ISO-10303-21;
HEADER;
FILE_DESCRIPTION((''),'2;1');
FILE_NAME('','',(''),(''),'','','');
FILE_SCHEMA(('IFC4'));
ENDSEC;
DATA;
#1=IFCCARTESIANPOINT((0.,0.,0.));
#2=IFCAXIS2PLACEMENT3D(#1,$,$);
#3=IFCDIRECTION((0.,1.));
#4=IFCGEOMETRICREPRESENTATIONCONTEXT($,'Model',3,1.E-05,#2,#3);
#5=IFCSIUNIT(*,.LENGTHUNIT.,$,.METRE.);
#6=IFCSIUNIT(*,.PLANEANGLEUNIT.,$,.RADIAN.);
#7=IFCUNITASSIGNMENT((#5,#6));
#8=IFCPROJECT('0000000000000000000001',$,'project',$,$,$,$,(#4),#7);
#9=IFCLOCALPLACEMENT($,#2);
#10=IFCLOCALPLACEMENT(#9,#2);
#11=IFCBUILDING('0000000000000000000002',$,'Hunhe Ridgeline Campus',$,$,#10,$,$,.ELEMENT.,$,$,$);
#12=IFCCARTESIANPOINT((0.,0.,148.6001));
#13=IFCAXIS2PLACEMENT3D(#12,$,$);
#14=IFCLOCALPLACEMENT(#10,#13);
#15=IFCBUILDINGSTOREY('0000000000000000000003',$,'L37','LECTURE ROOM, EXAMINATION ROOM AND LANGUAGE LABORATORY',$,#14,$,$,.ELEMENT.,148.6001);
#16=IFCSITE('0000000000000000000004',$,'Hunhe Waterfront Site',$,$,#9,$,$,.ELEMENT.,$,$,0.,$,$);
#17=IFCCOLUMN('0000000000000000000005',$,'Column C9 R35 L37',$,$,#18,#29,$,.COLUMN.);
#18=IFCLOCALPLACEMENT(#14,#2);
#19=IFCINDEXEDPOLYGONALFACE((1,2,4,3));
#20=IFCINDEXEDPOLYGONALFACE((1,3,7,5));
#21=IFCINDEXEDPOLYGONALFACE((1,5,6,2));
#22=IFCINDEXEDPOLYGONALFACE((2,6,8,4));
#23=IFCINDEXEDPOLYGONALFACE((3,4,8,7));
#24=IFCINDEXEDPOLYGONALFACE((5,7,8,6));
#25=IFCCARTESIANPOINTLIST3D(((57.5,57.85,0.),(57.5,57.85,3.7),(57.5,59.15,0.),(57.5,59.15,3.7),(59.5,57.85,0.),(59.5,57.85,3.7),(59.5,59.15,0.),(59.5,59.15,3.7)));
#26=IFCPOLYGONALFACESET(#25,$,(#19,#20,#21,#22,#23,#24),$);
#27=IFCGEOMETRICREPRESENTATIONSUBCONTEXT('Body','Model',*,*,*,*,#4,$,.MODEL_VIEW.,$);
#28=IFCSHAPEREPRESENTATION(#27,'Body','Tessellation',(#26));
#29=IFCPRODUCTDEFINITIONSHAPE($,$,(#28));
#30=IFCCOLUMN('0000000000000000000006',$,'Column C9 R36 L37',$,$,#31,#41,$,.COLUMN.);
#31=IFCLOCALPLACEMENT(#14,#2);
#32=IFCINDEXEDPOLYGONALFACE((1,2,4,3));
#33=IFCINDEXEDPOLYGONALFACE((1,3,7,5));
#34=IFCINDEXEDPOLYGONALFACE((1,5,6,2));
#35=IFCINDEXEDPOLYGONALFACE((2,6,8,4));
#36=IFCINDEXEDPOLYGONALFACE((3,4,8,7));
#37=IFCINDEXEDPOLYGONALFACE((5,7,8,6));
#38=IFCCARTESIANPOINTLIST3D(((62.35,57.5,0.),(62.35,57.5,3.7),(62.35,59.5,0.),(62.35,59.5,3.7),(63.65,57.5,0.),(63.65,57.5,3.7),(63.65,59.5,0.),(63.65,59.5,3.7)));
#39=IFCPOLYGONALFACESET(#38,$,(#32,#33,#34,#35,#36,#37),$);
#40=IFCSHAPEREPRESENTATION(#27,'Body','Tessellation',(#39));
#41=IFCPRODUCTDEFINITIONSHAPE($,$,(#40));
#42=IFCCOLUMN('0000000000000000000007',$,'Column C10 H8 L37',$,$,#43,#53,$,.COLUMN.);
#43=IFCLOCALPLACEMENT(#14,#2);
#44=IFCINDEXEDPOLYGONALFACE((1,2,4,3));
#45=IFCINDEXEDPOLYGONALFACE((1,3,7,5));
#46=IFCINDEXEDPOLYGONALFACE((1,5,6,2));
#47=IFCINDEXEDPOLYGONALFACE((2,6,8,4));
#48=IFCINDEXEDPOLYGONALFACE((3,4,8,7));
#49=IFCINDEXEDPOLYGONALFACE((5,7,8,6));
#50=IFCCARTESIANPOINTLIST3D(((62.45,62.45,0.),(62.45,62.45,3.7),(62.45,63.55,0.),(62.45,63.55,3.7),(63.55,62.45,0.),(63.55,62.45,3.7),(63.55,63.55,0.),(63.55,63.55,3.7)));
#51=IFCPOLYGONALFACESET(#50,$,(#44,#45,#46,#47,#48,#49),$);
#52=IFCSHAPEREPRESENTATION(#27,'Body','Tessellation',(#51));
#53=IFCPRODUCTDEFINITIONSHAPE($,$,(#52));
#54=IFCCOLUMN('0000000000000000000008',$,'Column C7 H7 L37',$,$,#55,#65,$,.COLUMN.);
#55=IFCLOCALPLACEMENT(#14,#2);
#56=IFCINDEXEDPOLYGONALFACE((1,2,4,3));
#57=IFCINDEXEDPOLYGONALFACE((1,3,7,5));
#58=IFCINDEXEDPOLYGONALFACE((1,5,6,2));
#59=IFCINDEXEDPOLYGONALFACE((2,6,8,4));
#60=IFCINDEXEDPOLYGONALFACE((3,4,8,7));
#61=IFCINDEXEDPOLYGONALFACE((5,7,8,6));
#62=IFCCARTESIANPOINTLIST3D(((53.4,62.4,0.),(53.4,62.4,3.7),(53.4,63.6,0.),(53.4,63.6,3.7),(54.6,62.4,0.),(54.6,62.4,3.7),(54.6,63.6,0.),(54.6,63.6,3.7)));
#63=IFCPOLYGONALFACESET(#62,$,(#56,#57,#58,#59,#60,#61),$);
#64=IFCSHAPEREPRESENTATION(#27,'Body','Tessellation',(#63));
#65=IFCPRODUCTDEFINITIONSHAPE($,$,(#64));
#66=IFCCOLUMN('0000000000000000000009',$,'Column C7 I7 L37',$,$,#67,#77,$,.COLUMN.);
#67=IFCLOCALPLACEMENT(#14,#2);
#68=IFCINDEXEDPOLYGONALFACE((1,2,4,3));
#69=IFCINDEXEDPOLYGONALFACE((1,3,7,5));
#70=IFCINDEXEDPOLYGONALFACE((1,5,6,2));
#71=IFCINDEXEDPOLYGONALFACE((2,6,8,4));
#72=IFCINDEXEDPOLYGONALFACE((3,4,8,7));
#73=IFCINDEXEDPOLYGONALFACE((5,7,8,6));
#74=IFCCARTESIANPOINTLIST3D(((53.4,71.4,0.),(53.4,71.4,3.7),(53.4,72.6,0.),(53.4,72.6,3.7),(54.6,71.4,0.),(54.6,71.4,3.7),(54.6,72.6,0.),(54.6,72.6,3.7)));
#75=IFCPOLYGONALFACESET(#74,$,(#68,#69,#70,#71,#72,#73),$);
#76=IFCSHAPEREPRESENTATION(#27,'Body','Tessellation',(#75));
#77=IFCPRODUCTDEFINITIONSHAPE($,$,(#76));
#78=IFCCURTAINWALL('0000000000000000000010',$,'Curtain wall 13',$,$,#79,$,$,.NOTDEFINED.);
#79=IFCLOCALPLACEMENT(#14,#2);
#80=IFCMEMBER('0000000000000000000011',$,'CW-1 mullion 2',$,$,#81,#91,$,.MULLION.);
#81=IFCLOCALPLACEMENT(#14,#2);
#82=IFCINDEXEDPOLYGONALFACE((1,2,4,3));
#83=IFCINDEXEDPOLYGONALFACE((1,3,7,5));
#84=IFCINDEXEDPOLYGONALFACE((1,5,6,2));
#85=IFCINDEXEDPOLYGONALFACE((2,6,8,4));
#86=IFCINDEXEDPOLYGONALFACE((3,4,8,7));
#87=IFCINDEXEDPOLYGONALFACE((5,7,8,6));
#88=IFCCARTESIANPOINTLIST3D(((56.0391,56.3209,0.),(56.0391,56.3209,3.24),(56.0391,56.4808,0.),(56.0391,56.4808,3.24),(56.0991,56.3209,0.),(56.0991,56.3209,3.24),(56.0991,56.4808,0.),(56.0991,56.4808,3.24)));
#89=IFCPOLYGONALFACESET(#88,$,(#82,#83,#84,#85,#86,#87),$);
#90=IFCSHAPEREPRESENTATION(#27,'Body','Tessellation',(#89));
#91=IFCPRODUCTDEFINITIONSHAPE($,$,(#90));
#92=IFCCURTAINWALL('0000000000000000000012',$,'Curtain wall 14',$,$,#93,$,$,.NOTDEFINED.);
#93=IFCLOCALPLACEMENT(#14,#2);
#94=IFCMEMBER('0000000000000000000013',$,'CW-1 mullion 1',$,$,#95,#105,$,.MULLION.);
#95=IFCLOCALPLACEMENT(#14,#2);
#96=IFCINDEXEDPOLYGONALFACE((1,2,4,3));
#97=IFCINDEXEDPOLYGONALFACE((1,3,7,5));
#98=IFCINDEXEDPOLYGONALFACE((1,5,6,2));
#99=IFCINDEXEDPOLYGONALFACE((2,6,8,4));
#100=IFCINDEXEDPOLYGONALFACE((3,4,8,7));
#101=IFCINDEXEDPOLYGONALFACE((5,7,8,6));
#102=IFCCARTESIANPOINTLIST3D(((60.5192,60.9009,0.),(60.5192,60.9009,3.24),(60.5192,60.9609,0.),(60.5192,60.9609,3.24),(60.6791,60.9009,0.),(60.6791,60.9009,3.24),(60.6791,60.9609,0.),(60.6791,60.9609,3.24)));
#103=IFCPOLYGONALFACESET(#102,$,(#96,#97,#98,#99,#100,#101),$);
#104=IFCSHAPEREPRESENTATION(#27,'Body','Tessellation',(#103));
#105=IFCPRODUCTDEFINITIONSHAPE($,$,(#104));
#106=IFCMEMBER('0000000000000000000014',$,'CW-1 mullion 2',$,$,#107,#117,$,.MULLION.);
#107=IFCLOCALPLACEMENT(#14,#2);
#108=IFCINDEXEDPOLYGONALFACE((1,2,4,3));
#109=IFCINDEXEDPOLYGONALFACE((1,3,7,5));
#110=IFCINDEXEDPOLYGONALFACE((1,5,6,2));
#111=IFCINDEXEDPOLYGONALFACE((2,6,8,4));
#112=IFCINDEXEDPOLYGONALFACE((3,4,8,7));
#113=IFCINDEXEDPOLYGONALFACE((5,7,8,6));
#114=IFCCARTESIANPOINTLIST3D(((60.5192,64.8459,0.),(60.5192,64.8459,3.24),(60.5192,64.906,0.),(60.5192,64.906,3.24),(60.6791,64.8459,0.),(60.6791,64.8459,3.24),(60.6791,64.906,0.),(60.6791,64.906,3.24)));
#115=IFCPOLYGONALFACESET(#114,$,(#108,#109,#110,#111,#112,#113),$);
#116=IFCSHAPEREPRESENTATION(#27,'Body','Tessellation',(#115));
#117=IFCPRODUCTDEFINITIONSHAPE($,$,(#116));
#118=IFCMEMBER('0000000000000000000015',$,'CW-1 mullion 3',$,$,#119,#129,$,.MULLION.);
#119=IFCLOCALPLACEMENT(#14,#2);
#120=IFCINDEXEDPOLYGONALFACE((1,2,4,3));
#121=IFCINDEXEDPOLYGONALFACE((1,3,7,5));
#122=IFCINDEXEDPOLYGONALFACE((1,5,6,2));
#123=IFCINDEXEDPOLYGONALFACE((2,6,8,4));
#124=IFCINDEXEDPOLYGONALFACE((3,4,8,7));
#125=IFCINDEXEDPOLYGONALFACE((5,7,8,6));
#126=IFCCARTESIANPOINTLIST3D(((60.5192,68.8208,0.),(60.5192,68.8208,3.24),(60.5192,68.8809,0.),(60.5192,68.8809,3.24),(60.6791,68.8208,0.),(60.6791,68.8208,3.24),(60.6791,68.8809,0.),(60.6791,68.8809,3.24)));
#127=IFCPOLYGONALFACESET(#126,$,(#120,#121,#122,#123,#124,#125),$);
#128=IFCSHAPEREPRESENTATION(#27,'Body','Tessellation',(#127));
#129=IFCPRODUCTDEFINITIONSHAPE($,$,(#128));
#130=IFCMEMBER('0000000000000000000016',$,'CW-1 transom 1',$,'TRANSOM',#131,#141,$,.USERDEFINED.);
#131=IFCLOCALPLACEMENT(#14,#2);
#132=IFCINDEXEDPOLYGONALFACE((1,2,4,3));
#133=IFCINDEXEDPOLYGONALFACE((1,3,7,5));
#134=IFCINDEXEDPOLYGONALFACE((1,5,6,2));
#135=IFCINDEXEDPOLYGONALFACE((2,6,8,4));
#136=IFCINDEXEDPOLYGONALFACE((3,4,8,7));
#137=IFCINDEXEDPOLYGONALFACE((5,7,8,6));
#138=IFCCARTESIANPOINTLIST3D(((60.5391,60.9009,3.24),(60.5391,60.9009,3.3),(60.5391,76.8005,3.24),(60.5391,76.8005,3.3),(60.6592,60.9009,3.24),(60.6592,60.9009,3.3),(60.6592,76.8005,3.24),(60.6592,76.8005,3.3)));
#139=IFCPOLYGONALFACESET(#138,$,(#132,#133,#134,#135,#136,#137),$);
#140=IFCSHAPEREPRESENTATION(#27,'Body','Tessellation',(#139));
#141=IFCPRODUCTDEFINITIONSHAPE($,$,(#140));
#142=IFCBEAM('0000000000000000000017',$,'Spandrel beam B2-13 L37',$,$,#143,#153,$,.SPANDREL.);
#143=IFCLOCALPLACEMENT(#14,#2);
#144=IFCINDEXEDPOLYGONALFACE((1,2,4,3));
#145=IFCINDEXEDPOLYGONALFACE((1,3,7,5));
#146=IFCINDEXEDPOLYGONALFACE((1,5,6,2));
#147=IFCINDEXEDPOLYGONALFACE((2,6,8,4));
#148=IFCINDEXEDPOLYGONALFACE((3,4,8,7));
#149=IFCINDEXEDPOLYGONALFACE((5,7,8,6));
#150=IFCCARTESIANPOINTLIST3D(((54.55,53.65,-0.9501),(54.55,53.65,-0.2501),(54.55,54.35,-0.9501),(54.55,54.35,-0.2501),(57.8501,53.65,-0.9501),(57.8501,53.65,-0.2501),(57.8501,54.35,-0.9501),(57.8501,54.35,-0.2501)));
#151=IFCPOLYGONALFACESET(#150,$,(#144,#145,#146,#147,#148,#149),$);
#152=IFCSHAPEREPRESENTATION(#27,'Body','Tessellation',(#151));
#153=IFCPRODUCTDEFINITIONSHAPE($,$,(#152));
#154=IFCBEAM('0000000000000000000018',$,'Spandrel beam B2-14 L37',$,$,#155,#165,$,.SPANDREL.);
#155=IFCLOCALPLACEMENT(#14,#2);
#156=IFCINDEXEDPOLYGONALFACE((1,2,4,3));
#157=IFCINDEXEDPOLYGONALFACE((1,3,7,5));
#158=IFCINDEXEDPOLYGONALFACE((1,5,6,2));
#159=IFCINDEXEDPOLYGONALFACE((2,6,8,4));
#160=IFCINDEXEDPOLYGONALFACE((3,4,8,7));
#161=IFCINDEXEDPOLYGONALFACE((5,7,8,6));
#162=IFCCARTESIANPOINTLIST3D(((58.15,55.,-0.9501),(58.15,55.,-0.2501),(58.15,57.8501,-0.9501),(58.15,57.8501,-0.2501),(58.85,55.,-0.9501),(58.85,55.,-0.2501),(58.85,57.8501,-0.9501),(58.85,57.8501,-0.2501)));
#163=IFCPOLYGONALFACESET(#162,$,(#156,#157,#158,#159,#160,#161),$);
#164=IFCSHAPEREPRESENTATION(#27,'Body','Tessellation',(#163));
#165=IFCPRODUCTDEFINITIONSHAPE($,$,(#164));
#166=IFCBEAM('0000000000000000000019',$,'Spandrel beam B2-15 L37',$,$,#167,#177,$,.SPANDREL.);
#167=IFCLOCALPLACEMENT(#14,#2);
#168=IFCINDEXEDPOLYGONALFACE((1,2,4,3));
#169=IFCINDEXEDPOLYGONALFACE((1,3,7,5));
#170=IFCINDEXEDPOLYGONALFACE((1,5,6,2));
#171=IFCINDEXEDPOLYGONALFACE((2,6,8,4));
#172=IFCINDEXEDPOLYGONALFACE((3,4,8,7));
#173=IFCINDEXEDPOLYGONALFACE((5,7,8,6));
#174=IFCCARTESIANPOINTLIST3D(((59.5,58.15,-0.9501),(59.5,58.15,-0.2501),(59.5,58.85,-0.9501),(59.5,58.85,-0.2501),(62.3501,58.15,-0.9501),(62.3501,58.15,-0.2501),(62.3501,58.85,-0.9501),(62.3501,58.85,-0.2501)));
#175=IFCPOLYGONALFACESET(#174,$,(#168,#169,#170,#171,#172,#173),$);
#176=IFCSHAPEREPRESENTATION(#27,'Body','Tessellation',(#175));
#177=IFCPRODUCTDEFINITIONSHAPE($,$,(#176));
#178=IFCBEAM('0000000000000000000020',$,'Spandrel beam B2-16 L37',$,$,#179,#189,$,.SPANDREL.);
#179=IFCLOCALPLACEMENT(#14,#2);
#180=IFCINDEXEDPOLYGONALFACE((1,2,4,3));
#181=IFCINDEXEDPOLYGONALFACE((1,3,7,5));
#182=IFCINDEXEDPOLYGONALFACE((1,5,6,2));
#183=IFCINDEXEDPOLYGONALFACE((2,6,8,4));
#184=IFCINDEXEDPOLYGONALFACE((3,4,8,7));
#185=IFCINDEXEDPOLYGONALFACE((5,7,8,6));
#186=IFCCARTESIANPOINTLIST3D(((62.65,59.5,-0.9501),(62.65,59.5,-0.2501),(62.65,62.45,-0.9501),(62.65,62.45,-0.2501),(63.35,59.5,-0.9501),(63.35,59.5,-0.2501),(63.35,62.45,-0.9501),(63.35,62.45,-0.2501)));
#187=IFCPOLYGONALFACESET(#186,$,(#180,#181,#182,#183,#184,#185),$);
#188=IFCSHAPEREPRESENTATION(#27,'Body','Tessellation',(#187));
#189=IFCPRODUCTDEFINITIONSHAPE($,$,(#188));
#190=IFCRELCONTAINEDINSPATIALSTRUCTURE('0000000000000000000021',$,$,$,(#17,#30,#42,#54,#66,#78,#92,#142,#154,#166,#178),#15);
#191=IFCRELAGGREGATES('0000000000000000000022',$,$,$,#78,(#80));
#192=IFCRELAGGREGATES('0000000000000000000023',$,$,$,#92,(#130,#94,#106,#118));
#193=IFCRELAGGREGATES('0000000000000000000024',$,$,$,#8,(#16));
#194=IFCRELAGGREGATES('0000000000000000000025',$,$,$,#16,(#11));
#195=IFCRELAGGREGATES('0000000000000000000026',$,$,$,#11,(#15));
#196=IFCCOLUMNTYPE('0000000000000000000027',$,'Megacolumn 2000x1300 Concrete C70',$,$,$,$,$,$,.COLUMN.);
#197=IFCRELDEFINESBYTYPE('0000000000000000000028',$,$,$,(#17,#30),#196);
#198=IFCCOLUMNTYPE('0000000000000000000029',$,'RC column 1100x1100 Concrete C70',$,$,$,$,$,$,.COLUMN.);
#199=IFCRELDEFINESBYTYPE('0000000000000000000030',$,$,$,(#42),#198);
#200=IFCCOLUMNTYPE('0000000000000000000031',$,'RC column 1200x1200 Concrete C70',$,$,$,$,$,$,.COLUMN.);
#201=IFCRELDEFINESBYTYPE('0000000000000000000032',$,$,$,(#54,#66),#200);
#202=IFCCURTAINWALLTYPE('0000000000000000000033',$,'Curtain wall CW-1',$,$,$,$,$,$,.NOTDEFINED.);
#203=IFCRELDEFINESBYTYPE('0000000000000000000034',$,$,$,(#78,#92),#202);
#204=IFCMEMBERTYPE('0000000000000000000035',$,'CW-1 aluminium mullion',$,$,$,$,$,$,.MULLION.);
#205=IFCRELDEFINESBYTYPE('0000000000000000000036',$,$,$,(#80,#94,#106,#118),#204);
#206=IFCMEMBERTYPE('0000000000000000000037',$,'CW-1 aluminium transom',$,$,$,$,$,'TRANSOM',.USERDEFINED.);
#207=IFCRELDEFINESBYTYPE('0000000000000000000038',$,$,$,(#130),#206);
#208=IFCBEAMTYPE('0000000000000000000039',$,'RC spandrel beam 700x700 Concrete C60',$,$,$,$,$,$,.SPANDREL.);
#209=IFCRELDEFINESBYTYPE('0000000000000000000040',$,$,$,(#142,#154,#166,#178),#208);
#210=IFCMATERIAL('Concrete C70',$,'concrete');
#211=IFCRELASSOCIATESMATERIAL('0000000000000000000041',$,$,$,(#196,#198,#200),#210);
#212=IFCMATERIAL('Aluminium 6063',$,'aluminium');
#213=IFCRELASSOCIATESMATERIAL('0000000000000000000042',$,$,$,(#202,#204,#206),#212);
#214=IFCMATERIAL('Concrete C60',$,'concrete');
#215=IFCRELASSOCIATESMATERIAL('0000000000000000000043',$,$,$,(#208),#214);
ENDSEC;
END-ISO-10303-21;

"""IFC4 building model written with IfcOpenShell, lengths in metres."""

from ifc_helpers import new_model, si_unit, direction, frame, origin, origin_2d, place, context, subcontext, project, spatial, rectangle, extrude, material, material_profile, profile_set, type_object, element, aggregate, save


model = new_model("IFC4")

# Units and contexts
model_context = context("Model", 3, precision=1e-05, world=origin(), true_north=direction((0.0, 1.0)))
body_context = subcontext(model_context, "Body", "Model", "MODEL_VIEW")
ifc_project = project(units=[si_unit("LENGTHUNIT", "METRE"), si_unit("PLANEANGLEUNIT", "RADIAN")], contexts=[model_context])

# Site, building, storey
site_placement = place(None, origin())
site = spatial("IfcSite", under=ifc_project, at=site_placement, Name="Hunhe Waterfront Site", CompositionType="ELEMENT", RefElevation=0.0)
building_placement = place(site_placement, origin())
building = spatial("IfcBuilding", under=site, at=building_placement, Name="Hunhe Ridgeline Campus", CompositionType="ELEMENT")
storey_placement = place(building_placement, frame((0.0, 0.0, 148.6001)))
storey = spatial("IfcBuildingStorey", under=building, at=storey_placement, Name="L37", Description="LECTURE ROOM, EXAMINATION ROOM AND LANGUAGE LABORATORY", CompositionType="ELEMENT", Elevation=148.6001)

# Columns
ifc_material_1 = material(Name="Concrete C70", Category="concrete")
ifc_material_profile_1 = material_profile(ifc_material_1, rectangle(XDim=2.0, YDim=1.3, at=origin_2d()))
ifc_profile_set_1 = profile_set([ifc_material_profile_1], Name="Concrete C70")
column_type_1 = type_object("IfcColumnType", Name="Megacolumn 2000x1300 Concrete C70", PredefinedType="COLUMN", material=ifc_profile_set_1)
for number, where, z_axis, x_axis, name in (
    (1, (58.5, 58.5, 0.0), (0.0, 0.0, 1.0), (1.0, 0.0, 0.0), "Column C9 R35 L37"),
    (2, (63.0, 58.5, 0.0), (0.0, 0.0, 1.0), (0.0, 1.0, 0.0), "Column C9 R36 L37"),
):
    element("IfcColumn", number, at=place(storey_placement, frame(where, z_axis=z_axis, x_axis=x_axis)), inside=storey, type_object=column_type_1, Name=name, PredefinedType="COLUMN", context=body_context, shape_type="SweptSolid", body=[
        extrude(rectangle(XDim=2.0, YDim=1.3, at=origin_2d()), origin(), (0.0, 0.0, 1.0), 3.7),
    ])
ifc_material_profile_2 = material_profile(ifc_material_1, rectangle(XDim=1.1001, YDim=1.1001, at=origin_2d()))
ifc_profile_set_2 = profile_set([ifc_material_profile_2], Name="Concrete C70")
column_type_2 = type_object("IfcColumnType", Name="RC column 1100x1100 Concrete C70", PredefinedType="COLUMN", material=ifc_profile_set_2)
column_placement = place(storey_placement, frame((63.0, 63.0, 0.0), z_axis=(0.0, 0.0, 1.0), x_axis=(1.0, 0.0, 0.0)))
element("IfcColumn", 3, at=column_placement, inside=storey, type_object=column_type_2, Name="Column C10 H8 L37", PredefinedType="COLUMN", context=body_context, shape_type="SweptSolid", body=[
    extrude(rectangle(XDim=1.1001, YDim=1.1001, at=origin_2d()), origin(), (0.0, 0.0, 1.0), 3.7),
])
ifc_material_profile_3 = material_profile(ifc_material_1, rectangle(XDim=1.2, YDim=1.2, at=origin_2d()))
ifc_profile_set_3 = profile_set([ifc_material_profile_3], Name="Concrete C70")
column_type_3 = type_object("IfcColumnType", Name="RC column 1200x1200 Concrete C70", PredefinedType="COLUMN", material=ifc_profile_set_3)
for number, where, z_axis, x_axis, name in (
    (4, (54.0, 63.0, 0.0), (0.0, 0.0, 1.0), (1.0, 0.0, 0.0), "Column C7 H7 L37"),
    (5, (54.0, 72.0, 0.0), (0.0, 0.0, 1.0), (1.0, 0.0, 0.0), "Column C7 I7 L37"),
):
    element("IfcColumn", number, at=place(storey_placement, frame(where, z_axis=z_axis, x_axis=x_axis)), inside=storey, type_object=column_type_3, Name=name, PredefinedType="COLUMN", context=body_context, shape_type="SweptSolid", body=[
        extrude(rectangle(XDim=1.2, YDim=1.2, at=origin_2d()), origin(), (0.0, 0.0, 1.0), 3.7),
    ])

# Curtain wall, member
ifc_material_2 = material(Name="Aluminium 6063", Category="aluminium")
curtain_wall_type = type_object("IfcCurtainWallType", Name="Curtain wall CW-1", PredefinedType="NOTDEFINED", material=ifc_material_2)
curtain_wall_1_placement = place(storey_placement, origin())
curtain_wall_1 = element("IfcCurtainWall", 6, at=curtain_wall_1_placement, inside=storey, type_object=curtain_wall_type, Name="Curtain wall 13", PredefinedType="NOTDEFINED")
ifc_material_profile_4 = material_profile(ifc_material_2, rectangle(XDim=0.1599, YDim=0.0601, at=origin_2d()))
ifc_profile_set_4 = profile_set([ifc_material_profile_4], Name="Aluminium 6063")
member_type_1 = type_object("IfcMemberType", Name="CW-1 aluminium mullion", PredefinedType="MULLION", material=ifc_profile_set_4)
member_1_placement = place(storey_placement, frame((56.0691, 56.4009, 0.0), z_axis=(0.0, 0.0, 1.0), x_axis=(-0.000002, 1.0, 0.0)))
member_1 = element("IfcMember", 7, at=member_1_placement, type_object=member_type_1, Name="CW-1 mullion 2", PredefinedType="MULLION", context=body_context, shape_type="SweptSolid", body=[
    extrude(rectangle(XDim=0.1599, YDim=0.0601, at=origin_2d()), origin(), (0.0, 0.0, 1.0), 3.24),
])
aggregate(curtain_wall_1, [member_1])

# Curtain wall, members
curtain_wall_2_placement = place(storey_placement, origin())
curtain_wall_2 = element("IfcCurtainWall", 8, at=curtain_wall_2_placement, inside=storey, type_object=curtain_wall_type, Name="Curtain wall 14", PredefinedType="NOTDEFINED")
member_2_placement = place(storey_placement, frame((60.5991, 60.9309, 0.0), z_axis=(0.0, 0.0, 1.0), x_axis=(-1.0, 0.0, 0.0)))
member_2 = element("IfcMember", 9, at=member_2_placement, type_object=member_type_1, Name="CW-1 mullion 1", PredefinedType="MULLION", context=body_context, shape_type="SweptSolid", body=[
    extrude(rectangle(XDim=0.1599, YDim=0.0601, at=origin_2d()), origin(), (0.0, 0.0, 1.0), 3.24),
])
member_3_placement = place(storey_placement, frame((60.5991, 64.876, 0.0), z_axis=(0.0, 0.0, 1.0), x_axis=(-1.0, 0.0, 0.0)))
member_3 = element("IfcMember", 10, at=member_3_placement, type_object=member_type_1, Name="CW-1 mullion 2", PredefinedType="MULLION", context=body_context, shape_type="SweptSolid", body=[
    extrude(rectangle(XDim=0.1599, YDim=0.0601, at=origin_2d()), origin(), (0.0, 0.0, 1.0), 3.24),
])
member_4_placement = place(storey_placement, frame((60.5991, 68.8508, 0.0), z_axis=(0.0, 0.0, 1.0), x_axis=(-1.0, 0.0, 0.0)))
member_4 = element("IfcMember", 11, at=member_4_placement, type_object=member_type_1, Name="CW-1 mullion 3", PredefinedType="MULLION", context=body_context, shape_type="SweptSolid", body=[
    extrude(rectangle(XDim=0.1599, YDim=0.0601, at=origin_2d()), origin(), (0.0, 0.0, 1.0), 3.24),
])
ifc_material_profile_5 = material_profile(ifc_material_2, rectangle(XDim=0.1201, YDim=0.0601, at=origin_2d()))
ifc_profile_set_5 = profile_set([ifc_material_profile_5], Name="Aluminium 6063")
member_type_2 = type_object("IfcMemberType", Name="CW-1 aluminium transom", ElementType="TRANSOM", PredefinedType="USERDEFINED", material=ifc_profile_set_5)
member_5_placement = place(storey_placement, frame((60.5991, 60.9009, 3.27), z_axis=(0.0, 1.0, 0.0), x_axis=(-1.0, 0.0, 0.0)))
member_5 = element("IfcMember", 12, at=member_5_placement, type_object=member_type_2, Name="CW-1 transom 1", ObjectType="TRANSOM", PredefinedType="USERDEFINED", context=body_context, shape_type="SweptSolid", body=[
    extrude(rectangle(XDim=0.1201, YDim=0.0601, at=origin_2d()), origin(), (0.0, 0.0, 1.0), 15.8997),
])

# Beams
ifc_material_3 = material(Name="Concrete C60", Category="concrete")
ifc_material_profile_6 = material_profile(ifc_material_3, rectangle(XDim=0.7, YDim=0.7, at=origin_2d()))
ifc_profile_set_6 = profile_set([ifc_material_profile_6], Name="Concrete C60")
beam_type = type_object("IfcBeamType", Name="RC spandrel beam 700x700 Concrete C60", PredefinedType="SPANDREL", material=ifc_profile_set_6)
beam_1_placement = place(storey_placement, frame((54.55, 54.0, -0.6001), z_axis=(1.0, 0.0, 0.0), x_axis=(0.0, 1.0, 0.0)))
element("IfcBeam", 13, at=beam_1_placement, inside=storey, type_object=beam_type, Name="Spandrel beam B2-13 L37", PredefinedType="SPANDREL", context=body_context, shape_type="SweptSolid", body=[
    extrude(rectangle(XDim=0.7, YDim=0.7, at=origin_2d()), origin(), (0.0, 0.0, 1.0), 3.3),
])
for number, where, z_axis, x_axis, name in (
    (14, (58.5, 55.0, -0.6001), (0.0, 1.0, 0.0), (-1.0, 0.0, 0.0), "Spandrel beam B2-14 L37"),
    (15, (59.5, 58.5, -0.6001), (1.0, 0.0, 0.0), (0.0, 1.0, 0.0), "Spandrel beam B2-15 L37"),
):
    element("IfcBeam", number, at=place(storey_placement, frame(where, z_axis=z_axis, x_axis=x_axis)), inside=storey, type_object=beam_type, Name=name, PredefinedType="SPANDREL", context=body_context, shape_type="SweptSolid", body=[
        extrude(rectangle(XDim=0.7, YDim=0.7, at=origin_2d()), origin(), (0.0, 0.0, 1.0), 2.8501),
    ])
beam_2_placement = place(storey_placement, frame((63.0, 59.5, -0.6001), z_axis=(0.0, 1.0, 0.0), x_axis=(-1.0, 0.0, 0.0)))
element("IfcBeam", 16, at=beam_2_placement, inside=storey, type_object=beam_type, Name="Spandrel beam B2-16 L37", PredefinedType="SPANDREL", context=body_context, shape_type="SweptSolid", body=[
    extrude(rectangle(XDim=0.7, YDim=0.7, at=origin_2d()), origin(), (0.0, 0.0, 1.0), 2.95),
])

aggregate(curtain_wall_2, [member_5, member_2, member_3, member_4])

save(model, "model.ifc")
